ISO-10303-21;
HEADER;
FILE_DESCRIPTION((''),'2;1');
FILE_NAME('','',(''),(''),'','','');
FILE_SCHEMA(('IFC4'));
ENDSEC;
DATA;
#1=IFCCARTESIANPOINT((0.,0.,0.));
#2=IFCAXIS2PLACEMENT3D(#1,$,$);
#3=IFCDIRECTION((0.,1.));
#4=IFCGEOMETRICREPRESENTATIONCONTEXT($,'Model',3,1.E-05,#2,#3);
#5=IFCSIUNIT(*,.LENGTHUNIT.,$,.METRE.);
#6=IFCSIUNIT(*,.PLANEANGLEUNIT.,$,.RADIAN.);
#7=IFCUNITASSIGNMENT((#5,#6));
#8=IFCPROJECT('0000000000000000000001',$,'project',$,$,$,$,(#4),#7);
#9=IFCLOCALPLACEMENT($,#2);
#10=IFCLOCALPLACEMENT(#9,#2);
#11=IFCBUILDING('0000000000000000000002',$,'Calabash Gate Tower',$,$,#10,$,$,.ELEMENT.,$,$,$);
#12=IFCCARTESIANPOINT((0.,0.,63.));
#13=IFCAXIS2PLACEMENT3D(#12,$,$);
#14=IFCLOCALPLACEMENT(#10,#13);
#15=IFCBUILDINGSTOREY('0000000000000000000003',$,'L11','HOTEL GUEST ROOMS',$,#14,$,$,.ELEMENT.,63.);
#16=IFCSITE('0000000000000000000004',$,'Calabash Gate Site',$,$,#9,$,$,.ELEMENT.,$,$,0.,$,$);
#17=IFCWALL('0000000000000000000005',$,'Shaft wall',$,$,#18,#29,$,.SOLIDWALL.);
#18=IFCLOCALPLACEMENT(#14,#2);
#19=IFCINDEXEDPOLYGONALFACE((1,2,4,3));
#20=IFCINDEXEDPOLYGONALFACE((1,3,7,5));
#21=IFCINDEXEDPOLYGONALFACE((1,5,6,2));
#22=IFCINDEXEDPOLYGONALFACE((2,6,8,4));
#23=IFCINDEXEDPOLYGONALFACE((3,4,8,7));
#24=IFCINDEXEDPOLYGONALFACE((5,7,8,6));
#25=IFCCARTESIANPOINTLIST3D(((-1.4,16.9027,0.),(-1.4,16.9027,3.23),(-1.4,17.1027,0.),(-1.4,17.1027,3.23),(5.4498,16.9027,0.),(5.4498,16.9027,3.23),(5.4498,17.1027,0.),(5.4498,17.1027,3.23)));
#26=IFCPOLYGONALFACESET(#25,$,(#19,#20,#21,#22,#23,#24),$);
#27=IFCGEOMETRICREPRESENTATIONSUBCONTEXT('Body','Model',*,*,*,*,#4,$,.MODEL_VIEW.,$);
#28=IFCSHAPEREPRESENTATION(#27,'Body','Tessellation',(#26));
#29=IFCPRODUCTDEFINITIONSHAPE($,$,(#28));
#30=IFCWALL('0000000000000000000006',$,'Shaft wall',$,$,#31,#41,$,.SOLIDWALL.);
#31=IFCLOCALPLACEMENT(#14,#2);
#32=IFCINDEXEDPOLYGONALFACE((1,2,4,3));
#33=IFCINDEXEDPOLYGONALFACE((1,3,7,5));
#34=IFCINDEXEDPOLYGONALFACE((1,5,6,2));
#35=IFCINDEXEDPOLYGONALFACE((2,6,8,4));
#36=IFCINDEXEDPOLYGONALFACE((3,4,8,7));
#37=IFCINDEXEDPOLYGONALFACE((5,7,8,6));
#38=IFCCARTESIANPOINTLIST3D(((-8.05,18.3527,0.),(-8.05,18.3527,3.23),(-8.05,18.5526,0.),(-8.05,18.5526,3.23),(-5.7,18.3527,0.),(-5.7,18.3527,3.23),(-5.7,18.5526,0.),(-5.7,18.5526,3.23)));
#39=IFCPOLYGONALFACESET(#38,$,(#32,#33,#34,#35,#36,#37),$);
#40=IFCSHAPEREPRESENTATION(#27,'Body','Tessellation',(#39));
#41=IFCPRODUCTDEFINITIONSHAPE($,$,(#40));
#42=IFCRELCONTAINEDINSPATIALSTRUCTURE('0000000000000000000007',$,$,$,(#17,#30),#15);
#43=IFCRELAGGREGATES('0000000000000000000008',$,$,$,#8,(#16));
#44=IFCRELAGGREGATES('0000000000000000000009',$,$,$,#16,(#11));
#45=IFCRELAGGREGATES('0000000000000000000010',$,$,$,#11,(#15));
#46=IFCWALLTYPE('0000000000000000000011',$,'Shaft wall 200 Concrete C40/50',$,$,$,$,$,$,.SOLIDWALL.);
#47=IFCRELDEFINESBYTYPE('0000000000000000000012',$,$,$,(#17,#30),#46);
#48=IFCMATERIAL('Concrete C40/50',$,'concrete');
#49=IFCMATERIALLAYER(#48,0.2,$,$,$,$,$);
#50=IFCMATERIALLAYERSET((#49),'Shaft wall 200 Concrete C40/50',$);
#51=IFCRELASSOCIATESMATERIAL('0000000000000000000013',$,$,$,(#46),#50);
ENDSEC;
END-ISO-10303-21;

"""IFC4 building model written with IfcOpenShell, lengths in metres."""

from ifc_helpers import new_model, si_unit, direction, frame, frame_2d, origin, place, context, subcontext, project, spatial, rectangle, extrude, material, layer, layer_set, type_object, element, save


model = new_model("IFC4")

# Units and contexts
model_context = context("Model", 3, precision=1e-05, world=origin(), true_north=direction((0.0, 1.0)))
body_context = subcontext(model_context, "Body", "Model", "MODEL_VIEW")
ifc_project = project(units=[si_unit("LENGTHUNIT", "METRE"), si_unit("PLANEANGLEUNIT", "RADIAN")], contexts=[model_context])

# Site, building, storey
site_placement = place(None, origin())
site = spatial("IfcSite", under=ifc_project, at=site_placement, Name="Calabash Gate Site", CompositionType="ELEMENT", RefElevation=0.0)
building_placement = place(site_placement, origin())
building = spatial("IfcBuilding", under=site, at=building_placement, Name="Calabash Gate Tower", CompositionType="ELEMENT")
storey_placement = place(building_placement, frame((0.0, 0.0, 63.0)))
storey = spatial("IfcBuildingStorey", under=building, at=storey_placement, Name="L11", Description="HOTEL GUEST ROOMS", CompositionType="ELEMENT", Elevation=63.0)

# Shared definitions
ifc_material_1 = material(Name="Concrete C40/50", Category="concrete")
ifc_layer_1 = layer(ifc_material_1, 0.2)
ifc_layer_set_1 = layer_set([ifc_layer_1], Name="Shaft wall 200 Concrete C40/50")
wall_type_1 = type_object("IfcWallType", Name="Shaft wall 200 Concrete C40/50", PredefinedType="SOLIDWALL", material=ifc_layer_set_1)

# Walls
wall_1_placement = place(storey_placement, frame((-1.3999, 17.0027, 0.0), z_axis=(0.0, 0.0, 1.0), x_axis=(1.0, 0.0, 0.0)))
element("IfcWall", 1, at=wall_1_placement, inside=storey, type_object=wall_type_1, Name="Shaft wall", PredefinedType="SOLIDWALL", context=body_context, shape_type="SweptSolid", body=[
    extrude(rectangle(XDim=6.8499, YDim=0.2, at=frame_2d((3.4248, 0.0))), origin(), (0.0, 0.0, 1.0), 3.23),
])
wall_2_placement = place(storey_placement, frame((-8.05, 18.4526, 0.0), z_axis=(0.0, 0.0, 1.0), x_axis=(1.0, 0.0, 0.0)))
element("IfcWall", 2, at=wall_2_placement, inside=storey, type_object=wall_type_1, Name="Shaft wall", PredefinedType="SOLIDWALL", context=body_context, shape_type="SweptSolid", body=[
    extrude(rectangle(XDim=2.3501, YDim=0.2, at=frame_2d((1.175, 0.0))), origin(), (0.0, 0.0, 1.0), 3.23),
])

save(model, "model.ifc")
